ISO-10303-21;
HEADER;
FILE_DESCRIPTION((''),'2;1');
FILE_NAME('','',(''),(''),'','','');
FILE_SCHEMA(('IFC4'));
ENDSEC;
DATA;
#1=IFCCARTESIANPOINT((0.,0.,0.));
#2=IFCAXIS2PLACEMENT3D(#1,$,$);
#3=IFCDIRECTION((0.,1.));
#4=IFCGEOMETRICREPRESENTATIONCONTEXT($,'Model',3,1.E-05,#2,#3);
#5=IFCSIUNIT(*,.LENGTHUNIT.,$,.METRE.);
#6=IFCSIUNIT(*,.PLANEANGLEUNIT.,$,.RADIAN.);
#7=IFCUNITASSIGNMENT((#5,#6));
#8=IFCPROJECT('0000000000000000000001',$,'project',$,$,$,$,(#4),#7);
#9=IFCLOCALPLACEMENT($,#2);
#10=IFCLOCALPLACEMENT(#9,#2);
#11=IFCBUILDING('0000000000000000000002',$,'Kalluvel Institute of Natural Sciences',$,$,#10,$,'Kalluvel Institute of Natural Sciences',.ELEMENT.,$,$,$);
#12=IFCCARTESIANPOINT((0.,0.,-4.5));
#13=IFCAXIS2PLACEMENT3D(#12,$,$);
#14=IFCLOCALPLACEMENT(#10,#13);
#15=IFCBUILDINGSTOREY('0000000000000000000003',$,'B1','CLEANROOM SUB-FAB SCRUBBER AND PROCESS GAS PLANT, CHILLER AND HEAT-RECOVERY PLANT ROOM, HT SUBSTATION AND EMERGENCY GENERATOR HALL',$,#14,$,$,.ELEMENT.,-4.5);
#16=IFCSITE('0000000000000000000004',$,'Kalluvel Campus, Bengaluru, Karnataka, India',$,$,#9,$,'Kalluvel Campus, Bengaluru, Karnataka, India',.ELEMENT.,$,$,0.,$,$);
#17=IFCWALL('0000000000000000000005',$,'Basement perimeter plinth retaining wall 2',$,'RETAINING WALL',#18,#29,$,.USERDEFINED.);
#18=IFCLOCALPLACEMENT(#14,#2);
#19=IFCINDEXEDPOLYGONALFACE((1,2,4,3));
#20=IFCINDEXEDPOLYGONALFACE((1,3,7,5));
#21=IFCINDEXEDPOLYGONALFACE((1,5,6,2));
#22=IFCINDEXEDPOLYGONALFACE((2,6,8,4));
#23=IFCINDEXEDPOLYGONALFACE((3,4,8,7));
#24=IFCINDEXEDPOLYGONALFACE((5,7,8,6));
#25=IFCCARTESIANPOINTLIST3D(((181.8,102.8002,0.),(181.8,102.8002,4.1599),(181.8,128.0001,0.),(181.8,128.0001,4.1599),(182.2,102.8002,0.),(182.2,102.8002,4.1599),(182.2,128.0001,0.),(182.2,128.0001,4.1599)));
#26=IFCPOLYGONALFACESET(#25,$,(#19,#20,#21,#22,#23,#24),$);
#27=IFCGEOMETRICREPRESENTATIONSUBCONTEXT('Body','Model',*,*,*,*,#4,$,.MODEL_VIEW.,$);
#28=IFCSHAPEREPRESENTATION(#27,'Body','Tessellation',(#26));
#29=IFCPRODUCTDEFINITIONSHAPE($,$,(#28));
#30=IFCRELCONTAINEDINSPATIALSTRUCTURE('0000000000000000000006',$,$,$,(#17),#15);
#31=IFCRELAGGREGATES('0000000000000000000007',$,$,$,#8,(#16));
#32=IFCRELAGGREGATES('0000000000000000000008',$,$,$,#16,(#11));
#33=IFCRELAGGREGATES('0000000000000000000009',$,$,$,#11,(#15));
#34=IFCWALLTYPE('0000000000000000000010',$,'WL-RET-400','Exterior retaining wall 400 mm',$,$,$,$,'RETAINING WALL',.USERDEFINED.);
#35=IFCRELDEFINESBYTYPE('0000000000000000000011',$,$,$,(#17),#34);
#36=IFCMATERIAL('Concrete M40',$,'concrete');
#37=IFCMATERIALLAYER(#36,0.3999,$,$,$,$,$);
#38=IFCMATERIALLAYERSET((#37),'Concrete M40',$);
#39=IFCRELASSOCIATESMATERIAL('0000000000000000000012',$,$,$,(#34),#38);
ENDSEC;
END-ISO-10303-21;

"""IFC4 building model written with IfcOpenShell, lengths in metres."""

from ifc_helpers import new_model, si_unit, direction, frame, frame_2d, origin, place, context, subcontext, project, spatial, rectangle, extrude, material, layer, layer_set, type_object, element, save


model = new_model("IFC4")

# Units and contexts
model_context = context("Model", 3, precision=1e-05, world=origin(), true_north=direction((0.0, 1.0)))
body_context = subcontext(model_context, "Body", "Model", "MODEL_VIEW")
ifc_project = project(units=[si_unit("LENGTHUNIT", "METRE"), si_unit("PLANEANGLEUNIT", "RADIAN")], contexts=[model_context])

# Site, building, storey
site_placement = place(None, origin())
site = spatial("IfcSite", under=ifc_project, at=site_placement, Name="Kalluvel Campus, Bengaluru, Karnataka, India", LongName="Kalluvel Campus, Bengaluru, Karnataka, India", CompositionType="ELEMENT", RefElevation=0.0)
building_placement = place(site_placement, origin())
building = spatial("IfcBuilding", under=site, at=building_placement, Name="Kalluvel Institute of Natural Sciences", LongName="Kalluvel Institute of Natural Sciences", CompositionType="ELEMENT")
storey_placement = place(building_placement, frame((0.0, 0.0, -4.5)))
storey = spatial("IfcBuildingStorey", under=building, at=storey_placement, Name="B1", Description="CLEANROOM SUB-FAB SCRUBBER AND PROCESS GAS PLANT, CHILLER AND HEAT-RECOVERY PLANT ROOM, HT SUBSTATION AND EMERGENCY GENERATOR HALL", CompositionType="ELEMENT", Elevation=-4.5)

# Shared definitions
ifc_material = material(Name="Concrete M40", Category="concrete")

# Wall
ifc_layer = layer(ifc_material, 0.3999)
ifc_layer_set = layer_set([ifc_layer], Name="Concrete M40")
wall_type = type_object("IfcWallType", Name="WL-RET-400", Description="Exterior retaining wall 400 mm", ElementType="RETAINING WALL", PredefinedType="USERDEFINED", material=ifc_layer_set)
wall_placement = place(storey_placement, frame((182.0, 102.8, 0.0), z_axis=(0.0, 0.0, 1.0), x_axis=(0.0, 1.0, 0.0)))
element("IfcWall", 1, at=wall_placement, inside=storey, type_object=wall_type, Name="Basement perimeter plinth retaining wall 2", ObjectType="RETAINING WALL", PredefinedType="USERDEFINED", context=body_context, shape_type="SweptSolid", body=[
    extrude(rectangle(XDim=25.2, YDim=0.3999, at=frame_2d((12.6001, 0.0))), origin(), (0.0, 0.0, 1.0), 4.1599),
])

save(model, "model.ifc")
